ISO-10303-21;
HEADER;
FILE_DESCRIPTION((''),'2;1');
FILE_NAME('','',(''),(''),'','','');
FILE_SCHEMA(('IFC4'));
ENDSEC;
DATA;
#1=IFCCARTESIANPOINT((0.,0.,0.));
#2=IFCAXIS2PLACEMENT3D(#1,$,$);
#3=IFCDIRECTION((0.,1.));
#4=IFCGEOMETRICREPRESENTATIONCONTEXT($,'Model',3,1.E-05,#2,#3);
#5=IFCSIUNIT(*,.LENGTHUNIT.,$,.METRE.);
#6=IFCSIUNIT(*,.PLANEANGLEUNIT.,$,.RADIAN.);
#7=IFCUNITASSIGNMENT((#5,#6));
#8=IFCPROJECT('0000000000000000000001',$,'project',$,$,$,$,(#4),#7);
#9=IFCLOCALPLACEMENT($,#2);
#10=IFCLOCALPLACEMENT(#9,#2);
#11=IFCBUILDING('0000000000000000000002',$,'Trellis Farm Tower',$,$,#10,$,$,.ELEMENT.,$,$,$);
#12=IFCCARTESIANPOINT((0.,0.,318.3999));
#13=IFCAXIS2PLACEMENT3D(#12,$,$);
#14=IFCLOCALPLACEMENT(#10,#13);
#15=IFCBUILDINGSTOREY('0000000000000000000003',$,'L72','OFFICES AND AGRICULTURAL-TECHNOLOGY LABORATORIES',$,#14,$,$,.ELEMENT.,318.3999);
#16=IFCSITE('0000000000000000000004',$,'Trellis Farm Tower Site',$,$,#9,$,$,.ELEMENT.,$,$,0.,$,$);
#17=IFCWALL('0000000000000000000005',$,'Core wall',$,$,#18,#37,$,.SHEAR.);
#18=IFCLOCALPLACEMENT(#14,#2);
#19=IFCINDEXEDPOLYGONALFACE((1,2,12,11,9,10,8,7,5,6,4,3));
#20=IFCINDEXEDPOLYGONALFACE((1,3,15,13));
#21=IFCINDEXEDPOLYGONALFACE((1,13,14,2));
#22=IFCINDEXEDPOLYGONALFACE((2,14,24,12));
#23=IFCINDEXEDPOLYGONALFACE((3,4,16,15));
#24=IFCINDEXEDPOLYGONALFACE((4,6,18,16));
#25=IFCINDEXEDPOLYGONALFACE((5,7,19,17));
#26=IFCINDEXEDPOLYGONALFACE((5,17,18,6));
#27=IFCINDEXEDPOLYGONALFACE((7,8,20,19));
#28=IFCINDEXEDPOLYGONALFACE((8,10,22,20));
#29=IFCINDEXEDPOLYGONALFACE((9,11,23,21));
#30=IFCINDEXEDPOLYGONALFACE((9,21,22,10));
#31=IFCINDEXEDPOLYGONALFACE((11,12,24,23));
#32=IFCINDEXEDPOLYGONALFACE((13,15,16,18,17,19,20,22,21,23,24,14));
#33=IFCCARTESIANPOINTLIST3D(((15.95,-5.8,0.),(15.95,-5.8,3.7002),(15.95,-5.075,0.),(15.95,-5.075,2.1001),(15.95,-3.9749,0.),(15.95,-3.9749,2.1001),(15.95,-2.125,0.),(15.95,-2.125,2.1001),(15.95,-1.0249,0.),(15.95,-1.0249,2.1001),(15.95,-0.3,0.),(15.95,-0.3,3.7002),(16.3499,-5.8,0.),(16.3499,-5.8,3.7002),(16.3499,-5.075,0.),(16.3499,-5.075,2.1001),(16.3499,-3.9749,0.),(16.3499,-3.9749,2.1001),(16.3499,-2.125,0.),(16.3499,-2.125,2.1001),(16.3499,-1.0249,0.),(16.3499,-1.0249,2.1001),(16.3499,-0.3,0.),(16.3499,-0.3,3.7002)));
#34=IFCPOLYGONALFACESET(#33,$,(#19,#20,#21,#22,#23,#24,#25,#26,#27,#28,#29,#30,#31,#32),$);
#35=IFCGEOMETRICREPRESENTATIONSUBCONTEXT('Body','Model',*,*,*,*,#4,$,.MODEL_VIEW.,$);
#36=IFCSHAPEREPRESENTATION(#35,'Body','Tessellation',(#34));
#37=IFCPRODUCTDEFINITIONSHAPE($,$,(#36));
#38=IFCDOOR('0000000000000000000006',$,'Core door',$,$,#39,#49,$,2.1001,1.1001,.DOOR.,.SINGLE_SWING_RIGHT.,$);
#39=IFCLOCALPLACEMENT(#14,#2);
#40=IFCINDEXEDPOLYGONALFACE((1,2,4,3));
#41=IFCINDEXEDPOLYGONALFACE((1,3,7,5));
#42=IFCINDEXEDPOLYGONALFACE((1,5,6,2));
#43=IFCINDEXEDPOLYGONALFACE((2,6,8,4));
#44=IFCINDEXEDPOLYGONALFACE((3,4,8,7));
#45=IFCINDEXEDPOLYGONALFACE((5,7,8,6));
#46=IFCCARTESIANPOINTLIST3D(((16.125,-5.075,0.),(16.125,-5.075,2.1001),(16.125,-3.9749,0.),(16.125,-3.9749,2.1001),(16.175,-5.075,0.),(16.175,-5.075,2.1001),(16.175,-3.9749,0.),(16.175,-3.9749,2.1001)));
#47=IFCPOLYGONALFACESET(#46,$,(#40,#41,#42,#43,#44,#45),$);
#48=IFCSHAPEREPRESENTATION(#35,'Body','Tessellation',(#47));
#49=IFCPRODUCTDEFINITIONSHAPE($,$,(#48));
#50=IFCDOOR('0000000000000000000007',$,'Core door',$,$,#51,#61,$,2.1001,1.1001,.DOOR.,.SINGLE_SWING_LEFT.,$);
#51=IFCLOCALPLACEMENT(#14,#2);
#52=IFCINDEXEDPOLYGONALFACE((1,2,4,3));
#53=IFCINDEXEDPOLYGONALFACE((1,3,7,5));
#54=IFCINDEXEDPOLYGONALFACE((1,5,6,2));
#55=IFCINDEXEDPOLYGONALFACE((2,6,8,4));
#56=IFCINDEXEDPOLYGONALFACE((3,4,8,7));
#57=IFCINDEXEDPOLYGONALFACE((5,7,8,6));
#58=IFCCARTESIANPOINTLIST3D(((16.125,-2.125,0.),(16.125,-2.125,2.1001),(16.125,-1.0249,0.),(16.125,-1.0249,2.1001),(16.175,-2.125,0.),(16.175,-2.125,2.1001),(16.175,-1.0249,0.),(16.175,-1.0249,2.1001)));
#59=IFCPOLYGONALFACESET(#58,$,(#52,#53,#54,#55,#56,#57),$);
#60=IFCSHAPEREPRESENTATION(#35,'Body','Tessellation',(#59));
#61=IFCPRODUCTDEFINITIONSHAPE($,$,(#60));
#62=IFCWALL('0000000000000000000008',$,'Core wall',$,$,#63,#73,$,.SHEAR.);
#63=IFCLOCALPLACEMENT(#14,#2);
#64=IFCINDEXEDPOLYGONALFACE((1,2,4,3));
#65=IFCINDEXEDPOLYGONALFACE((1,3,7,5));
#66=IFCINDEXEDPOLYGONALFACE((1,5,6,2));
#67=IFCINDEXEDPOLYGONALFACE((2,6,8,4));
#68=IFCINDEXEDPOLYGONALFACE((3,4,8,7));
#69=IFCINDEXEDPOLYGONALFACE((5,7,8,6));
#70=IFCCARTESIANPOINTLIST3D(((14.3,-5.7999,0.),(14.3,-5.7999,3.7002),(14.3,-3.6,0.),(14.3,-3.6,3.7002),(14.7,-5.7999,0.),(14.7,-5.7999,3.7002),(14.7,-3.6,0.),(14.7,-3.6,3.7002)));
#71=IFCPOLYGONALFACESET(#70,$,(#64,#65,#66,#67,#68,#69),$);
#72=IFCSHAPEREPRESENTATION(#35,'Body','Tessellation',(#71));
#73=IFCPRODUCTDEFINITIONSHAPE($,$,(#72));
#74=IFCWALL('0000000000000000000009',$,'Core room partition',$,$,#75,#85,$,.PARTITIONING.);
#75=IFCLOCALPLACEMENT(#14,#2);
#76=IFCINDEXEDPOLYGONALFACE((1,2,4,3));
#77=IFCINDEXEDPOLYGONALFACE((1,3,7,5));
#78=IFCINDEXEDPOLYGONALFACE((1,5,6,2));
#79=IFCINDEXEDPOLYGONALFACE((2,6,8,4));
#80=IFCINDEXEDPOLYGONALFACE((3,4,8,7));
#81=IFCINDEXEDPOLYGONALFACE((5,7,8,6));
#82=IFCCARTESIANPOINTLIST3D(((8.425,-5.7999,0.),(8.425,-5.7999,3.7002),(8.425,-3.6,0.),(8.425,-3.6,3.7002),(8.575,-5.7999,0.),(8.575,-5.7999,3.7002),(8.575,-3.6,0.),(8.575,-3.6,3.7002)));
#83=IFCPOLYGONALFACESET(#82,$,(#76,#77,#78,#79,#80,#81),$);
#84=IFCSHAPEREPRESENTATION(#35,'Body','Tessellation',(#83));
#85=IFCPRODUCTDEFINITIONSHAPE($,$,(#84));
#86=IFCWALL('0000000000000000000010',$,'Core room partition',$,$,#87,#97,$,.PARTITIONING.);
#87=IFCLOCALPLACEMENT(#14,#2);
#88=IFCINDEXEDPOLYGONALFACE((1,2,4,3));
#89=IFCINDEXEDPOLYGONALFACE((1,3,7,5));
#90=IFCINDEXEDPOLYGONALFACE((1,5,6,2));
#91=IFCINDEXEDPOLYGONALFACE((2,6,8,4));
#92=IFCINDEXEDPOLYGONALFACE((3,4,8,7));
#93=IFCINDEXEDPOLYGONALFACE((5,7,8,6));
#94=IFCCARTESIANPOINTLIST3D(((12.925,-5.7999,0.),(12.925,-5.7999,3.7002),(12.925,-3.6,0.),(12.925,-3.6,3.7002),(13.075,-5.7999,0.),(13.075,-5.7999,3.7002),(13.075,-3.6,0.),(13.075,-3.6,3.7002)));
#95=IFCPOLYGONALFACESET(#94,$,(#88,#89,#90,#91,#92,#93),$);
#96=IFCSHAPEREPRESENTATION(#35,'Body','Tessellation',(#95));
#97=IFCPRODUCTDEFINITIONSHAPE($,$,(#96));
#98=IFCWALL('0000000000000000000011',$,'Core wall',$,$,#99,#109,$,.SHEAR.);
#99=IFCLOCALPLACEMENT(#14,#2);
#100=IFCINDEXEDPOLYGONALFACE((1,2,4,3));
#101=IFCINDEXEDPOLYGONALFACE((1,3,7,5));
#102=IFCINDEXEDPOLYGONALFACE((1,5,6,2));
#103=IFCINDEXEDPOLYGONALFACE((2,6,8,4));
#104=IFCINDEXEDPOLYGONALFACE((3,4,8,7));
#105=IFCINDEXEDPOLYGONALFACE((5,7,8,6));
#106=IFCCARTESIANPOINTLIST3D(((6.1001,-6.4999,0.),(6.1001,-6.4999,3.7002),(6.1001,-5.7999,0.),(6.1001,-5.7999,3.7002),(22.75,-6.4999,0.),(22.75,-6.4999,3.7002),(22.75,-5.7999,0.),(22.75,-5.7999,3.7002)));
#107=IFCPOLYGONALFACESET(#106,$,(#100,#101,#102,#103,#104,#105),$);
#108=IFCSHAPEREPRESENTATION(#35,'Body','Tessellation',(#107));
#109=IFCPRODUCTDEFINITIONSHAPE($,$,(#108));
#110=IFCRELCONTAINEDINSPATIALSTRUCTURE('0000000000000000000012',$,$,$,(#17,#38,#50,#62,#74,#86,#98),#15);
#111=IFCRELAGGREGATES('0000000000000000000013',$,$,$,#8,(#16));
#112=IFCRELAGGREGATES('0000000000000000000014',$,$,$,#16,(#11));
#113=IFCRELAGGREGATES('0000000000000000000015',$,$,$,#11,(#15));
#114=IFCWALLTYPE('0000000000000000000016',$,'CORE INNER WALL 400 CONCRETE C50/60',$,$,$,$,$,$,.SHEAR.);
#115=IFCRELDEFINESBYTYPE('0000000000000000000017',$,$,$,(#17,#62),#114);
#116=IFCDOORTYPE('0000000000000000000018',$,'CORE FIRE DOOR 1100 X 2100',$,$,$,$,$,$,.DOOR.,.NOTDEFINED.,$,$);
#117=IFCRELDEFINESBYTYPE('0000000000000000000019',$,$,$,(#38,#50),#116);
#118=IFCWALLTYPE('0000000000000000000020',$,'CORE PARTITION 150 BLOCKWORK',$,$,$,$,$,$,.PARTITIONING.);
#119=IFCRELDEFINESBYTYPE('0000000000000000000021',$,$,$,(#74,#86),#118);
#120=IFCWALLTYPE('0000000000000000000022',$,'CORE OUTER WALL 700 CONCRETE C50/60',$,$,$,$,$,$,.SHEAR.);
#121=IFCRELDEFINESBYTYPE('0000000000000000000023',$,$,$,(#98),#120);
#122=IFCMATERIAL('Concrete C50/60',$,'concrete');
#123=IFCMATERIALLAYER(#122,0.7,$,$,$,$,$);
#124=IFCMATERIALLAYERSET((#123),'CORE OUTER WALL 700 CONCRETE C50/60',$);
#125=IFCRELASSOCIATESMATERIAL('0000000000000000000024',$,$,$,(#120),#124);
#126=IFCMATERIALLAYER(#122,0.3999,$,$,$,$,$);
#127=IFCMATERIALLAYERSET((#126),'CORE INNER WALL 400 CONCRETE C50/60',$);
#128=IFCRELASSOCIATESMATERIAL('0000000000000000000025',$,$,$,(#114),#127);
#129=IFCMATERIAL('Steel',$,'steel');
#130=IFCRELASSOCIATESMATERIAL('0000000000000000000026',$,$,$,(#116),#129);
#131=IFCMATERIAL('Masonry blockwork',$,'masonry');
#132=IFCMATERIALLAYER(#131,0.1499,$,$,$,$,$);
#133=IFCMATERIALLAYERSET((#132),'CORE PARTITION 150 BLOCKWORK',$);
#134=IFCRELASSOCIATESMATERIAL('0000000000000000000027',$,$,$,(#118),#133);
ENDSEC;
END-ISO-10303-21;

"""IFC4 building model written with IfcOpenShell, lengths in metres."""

from ifc_helpers import new_model, si_unit, direction, frame, frame_2d, origin, place, context, subcontext, project, spatial, rectangle, extrude, source, transform, mapped, material, layer, layer_set, type_object, element, fill, save


model = new_model("IFC4")

# Units and contexts
model_context = context("Model", 3, precision=1e-05, world=origin(), true_north=direction((0.0, 1.0)))
body_context = subcontext(model_context, "Body", "Model", "MODEL_VIEW")
ifc_project = project(units=[si_unit("LENGTHUNIT", "METRE"), si_unit("PLANEANGLEUNIT", "RADIAN")], contexts=[model_context])

# Site, building, storey
site_placement = place(None, origin())
site = spatial("IfcSite", under=ifc_project, at=site_placement, Name="Trellis Farm Tower Site", CompositionType="ELEMENT", RefElevation=0.0)
building_placement = place(site_placement, origin())
building = spatial("IfcBuilding", under=site, at=building_placement, Name="Trellis Farm Tower", CompositionType="ELEMENT")
storey_placement = place(building_placement, frame((0.0, 0.0, 318.3999)))
storey = spatial("IfcBuildingStorey", under=building, at=storey_placement, Name="L72", Description="OFFICES AND AGRICULTURAL-TECHNOLOGY LABORATORIES", CompositionType="ELEMENT", Elevation=318.3999)

# Shared definitions
ifc_material_1 = material(Name="Concrete C50/60", Category="concrete")
ifc_layer_1 = layer(ifc_material_1, 0.7)
ifc_layer_set_1 = layer_set([ifc_layer_1], Name="CORE OUTER WALL 700 CONCRETE C50/60")
wall_type_1 = type_object("IfcWallType", Name="CORE OUTER WALL 700 CONCRETE C50/60", PredefinedType="SHEAR", material=ifc_layer_set_1)
ifc_material_2 = material(Name="Steel", Category="steel")

# Wall, openings, doors
ifc_layer_2 = layer(ifc_material_1, 0.3999)
ifc_layer_set_2 = layer_set([ifc_layer_2], Name="CORE INNER WALL 400 CONCRETE C50/60")
wall_type_2 = type_object("IfcWallType", Name="CORE INNER WALL 400 CONCRETE C50/60", PredefinedType="SHEAR", material=ifc_layer_set_2)
shared_shape_1 = source(origin(), body_context, "Body", "SweptSolid", [
    extrude(rectangle(XDim=5.5, YDim=0.3999, at=frame_2d((2.75, 0.0))), origin(), (0.0, 0.0, 1.0), 3.7002),
])
wall_1_placement = place(storey_placement, frame((16.1499, -5.8, 0.0), z_axis=(0.0, 0.0, 1.0), x_axis=(0.0, 1.0, 0.0)))
wall_1 = element("IfcWall", 1, at=wall_1_placement, inside=storey, type_object=wall_type_2, Name="Core wall", PredefinedType="SHEAR", context=body_context, shape_type="MappedRepresentation", body=[
    mapped(shared_shape_1, transform((0.0, 0.0, 0.0))),
])
shared_shape_2 = source(origin(), body_context, "Body", "SweptSolid", [
    extrude(rectangle(XDim=1.1001, YDim=2.1001, at=frame_2d((0.55, 1.05))), frame((0.0, 0.21, 0.0), z_axis=(0.0, -1.0, 0.0), x_axis=(1.0, 0.0, 0.0)), (0.0, 0.0, 1.0), 0.4199),
])
opening_1_placement = place(wall_1_placement, frame((0.7251, 0.0, 0.0)))
opening_1 = element("IfcOpeningElement", 2, at=opening_1_placement, cuts=wall_1, PredefinedType="OPENING", context=body_context, shape_type="MappedRepresentation", body=[
    mapped(shared_shape_2, transform((0.0, 0.0, 0.0))),
])
opening_2_placement = place(wall_1_placement, frame((3.675, 0.0, 0.0)))
opening_2 = element("IfcOpeningElement", 3, at=opening_2_placement, cuts=wall_1, PredefinedType="OPENING", context=body_context, shape_type="MappedRepresentation", body=[
    mapped(shared_shape_2, transform((0.0, 0.0, 0.0))),
])
door_type_1 = type_object("IfcDoorType", Name="CORE FIRE DOOR 1100 X 2100", OperationType="NOTDEFINED", PredefinedType="DOOR", material=ifc_material_2)
shared_shape_3 = source(origin(), body_context, "Body", "SweptSolid", [
    extrude(rectangle(XDim=1.1001, YDim=2.1001, at=frame_2d((0.55, 1.05))), frame((0.0, 0.0249, 0.0), z_axis=(0.0, -1.0, 0.0), x_axis=(1.0, 0.0, 0.0)), (0.0, 0.0, 1.0), 0.05),
])
door_1_placement = place(opening_1_placement, origin())
door_1 = element("IfcDoor", 4, at=door_1_placement, inside=storey, type_object=door_type_1, Name="Core door", OperationType="SINGLE_SWING_RIGHT", OverallHeight=2.1001, OverallWidth=1.1001, PredefinedType="DOOR", context=body_context, shape_type="MappedRepresentation", body=[
    mapped(shared_shape_3, transform((0.0, 0.0, 0.0))),
])
fill(opening_1, door_1)
door_2_placement = place(opening_2_placement, origin())
door_2 = element("IfcDoor", 5, at=door_2_placement, inside=storey, type_object=door_type_1, Name="Core door", OperationType="SINGLE_SWING_LEFT", OverallHeight=2.1001, OverallWidth=1.1001, PredefinedType="DOOR", context=body_context, shape_type="MappedRepresentation", body=[
    mapped(shared_shape_3, transform((0.0, 0.0, 0.0))),
])
fill(opening_2, door_2)

# Walls
shared_shape_4 = source(origin(), body_context, "Body", "SweptSolid", [
    extrude(rectangle(XDim=2.2, YDim=0.3999, at=frame_2d((1.1001, 0.0))), origin(), (0.0, 0.0, 1.0), 3.7002),
])
wall_2_placement = place(storey_placement, frame((14.5, -5.8, 0.0), z_axis=(0.0, 0.0, 1.0), x_axis=(0.0, 1.0, 0.0)))
element("IfcWall", 6, at=wall_2_placement, inside=storey, type_object=wall_type_2, Name="Core wall", PredefinedType="SHEAR", context=body_context, shape_type="MappedRepresentation", body=[
    mapped(shared_shape_4, transform((0.0, 0.0, 0.0))),
])
ifc_material_3 = material(Name="Masonry blockwork", Category="masonry")
ifc_layer_3 = layer(ifc_material_3, 0.1499)
ifc_layer_set_3 = layer_set([ifc_layer_3], Name="CORE PARTITION 150 BLOCKWORK")
wall_type_3 = type_object("IfcWallType", Name="CORE PARTITION 150 BLOCKWORK", PredefinedType="PARTITIONING", material=ifc_layer_set_3)
shared_shape_5 = source(origin(), body_context, "Body", "SweptSolid", [
    extrude(rectangle(XDim=2.2, YDim=0.1499, at=frame_2d((1.1001, 0.0))), origin(), (0.0, 0.0, 1.0), 3.7002),
])
for number, where, z_axis, x_axis, name in (
    (7, (8.5, -5.8, 0.0), (0.0, 0.0, 1.0), (0.0, 1.0, 0.0), "Core room partition"),
    (8, (13.0, -5.8, 0.0), (0.0, 0.0, 1.0), (0.0, 1.0, 0.0), "Core room partition"),
):
    element("IfcWall", number, at=place(storey_placement, frame(where, z_axis=z_axis, x_axis=x_axis)), inside=storey, type_object=wall_type_3, Name=name, PredefinedType="PARTITIONING", context=body_context, shape_type="MappedRepresentation", body=[
        mapped(shared_shape_5, transform((0.0, 0.0, 0.0))),
    ])
shared_shape_6 = source(origin(), body_context, "Body", "SweptSolid", [
    extrude(rectangle(XDim=16.6499, YDim=0.7, at=frame_2d((8.325, 0.0))), origin(), (0.0, 0.0, 1.0), 3.7002),
])
wall_3_placement = place(storey_placement, frame((6.1001, -6.1499, 0.0), z_axis=(0.0, 0.0, 1.0), x_axis=(1.0, 0.0, 0.0)))
element("IfcWall", 9, at=wall_3_placement, inside=storey, type_object=wall_type_1, Name="Core wall", PredefinedType="SHEAR", context=body_context, shape_type="MappedRepresentation", body=[
    mapped(shared_shape_6, transform((0.0, 0.0, 0.0))),
])

save(model, "model.ifc")
